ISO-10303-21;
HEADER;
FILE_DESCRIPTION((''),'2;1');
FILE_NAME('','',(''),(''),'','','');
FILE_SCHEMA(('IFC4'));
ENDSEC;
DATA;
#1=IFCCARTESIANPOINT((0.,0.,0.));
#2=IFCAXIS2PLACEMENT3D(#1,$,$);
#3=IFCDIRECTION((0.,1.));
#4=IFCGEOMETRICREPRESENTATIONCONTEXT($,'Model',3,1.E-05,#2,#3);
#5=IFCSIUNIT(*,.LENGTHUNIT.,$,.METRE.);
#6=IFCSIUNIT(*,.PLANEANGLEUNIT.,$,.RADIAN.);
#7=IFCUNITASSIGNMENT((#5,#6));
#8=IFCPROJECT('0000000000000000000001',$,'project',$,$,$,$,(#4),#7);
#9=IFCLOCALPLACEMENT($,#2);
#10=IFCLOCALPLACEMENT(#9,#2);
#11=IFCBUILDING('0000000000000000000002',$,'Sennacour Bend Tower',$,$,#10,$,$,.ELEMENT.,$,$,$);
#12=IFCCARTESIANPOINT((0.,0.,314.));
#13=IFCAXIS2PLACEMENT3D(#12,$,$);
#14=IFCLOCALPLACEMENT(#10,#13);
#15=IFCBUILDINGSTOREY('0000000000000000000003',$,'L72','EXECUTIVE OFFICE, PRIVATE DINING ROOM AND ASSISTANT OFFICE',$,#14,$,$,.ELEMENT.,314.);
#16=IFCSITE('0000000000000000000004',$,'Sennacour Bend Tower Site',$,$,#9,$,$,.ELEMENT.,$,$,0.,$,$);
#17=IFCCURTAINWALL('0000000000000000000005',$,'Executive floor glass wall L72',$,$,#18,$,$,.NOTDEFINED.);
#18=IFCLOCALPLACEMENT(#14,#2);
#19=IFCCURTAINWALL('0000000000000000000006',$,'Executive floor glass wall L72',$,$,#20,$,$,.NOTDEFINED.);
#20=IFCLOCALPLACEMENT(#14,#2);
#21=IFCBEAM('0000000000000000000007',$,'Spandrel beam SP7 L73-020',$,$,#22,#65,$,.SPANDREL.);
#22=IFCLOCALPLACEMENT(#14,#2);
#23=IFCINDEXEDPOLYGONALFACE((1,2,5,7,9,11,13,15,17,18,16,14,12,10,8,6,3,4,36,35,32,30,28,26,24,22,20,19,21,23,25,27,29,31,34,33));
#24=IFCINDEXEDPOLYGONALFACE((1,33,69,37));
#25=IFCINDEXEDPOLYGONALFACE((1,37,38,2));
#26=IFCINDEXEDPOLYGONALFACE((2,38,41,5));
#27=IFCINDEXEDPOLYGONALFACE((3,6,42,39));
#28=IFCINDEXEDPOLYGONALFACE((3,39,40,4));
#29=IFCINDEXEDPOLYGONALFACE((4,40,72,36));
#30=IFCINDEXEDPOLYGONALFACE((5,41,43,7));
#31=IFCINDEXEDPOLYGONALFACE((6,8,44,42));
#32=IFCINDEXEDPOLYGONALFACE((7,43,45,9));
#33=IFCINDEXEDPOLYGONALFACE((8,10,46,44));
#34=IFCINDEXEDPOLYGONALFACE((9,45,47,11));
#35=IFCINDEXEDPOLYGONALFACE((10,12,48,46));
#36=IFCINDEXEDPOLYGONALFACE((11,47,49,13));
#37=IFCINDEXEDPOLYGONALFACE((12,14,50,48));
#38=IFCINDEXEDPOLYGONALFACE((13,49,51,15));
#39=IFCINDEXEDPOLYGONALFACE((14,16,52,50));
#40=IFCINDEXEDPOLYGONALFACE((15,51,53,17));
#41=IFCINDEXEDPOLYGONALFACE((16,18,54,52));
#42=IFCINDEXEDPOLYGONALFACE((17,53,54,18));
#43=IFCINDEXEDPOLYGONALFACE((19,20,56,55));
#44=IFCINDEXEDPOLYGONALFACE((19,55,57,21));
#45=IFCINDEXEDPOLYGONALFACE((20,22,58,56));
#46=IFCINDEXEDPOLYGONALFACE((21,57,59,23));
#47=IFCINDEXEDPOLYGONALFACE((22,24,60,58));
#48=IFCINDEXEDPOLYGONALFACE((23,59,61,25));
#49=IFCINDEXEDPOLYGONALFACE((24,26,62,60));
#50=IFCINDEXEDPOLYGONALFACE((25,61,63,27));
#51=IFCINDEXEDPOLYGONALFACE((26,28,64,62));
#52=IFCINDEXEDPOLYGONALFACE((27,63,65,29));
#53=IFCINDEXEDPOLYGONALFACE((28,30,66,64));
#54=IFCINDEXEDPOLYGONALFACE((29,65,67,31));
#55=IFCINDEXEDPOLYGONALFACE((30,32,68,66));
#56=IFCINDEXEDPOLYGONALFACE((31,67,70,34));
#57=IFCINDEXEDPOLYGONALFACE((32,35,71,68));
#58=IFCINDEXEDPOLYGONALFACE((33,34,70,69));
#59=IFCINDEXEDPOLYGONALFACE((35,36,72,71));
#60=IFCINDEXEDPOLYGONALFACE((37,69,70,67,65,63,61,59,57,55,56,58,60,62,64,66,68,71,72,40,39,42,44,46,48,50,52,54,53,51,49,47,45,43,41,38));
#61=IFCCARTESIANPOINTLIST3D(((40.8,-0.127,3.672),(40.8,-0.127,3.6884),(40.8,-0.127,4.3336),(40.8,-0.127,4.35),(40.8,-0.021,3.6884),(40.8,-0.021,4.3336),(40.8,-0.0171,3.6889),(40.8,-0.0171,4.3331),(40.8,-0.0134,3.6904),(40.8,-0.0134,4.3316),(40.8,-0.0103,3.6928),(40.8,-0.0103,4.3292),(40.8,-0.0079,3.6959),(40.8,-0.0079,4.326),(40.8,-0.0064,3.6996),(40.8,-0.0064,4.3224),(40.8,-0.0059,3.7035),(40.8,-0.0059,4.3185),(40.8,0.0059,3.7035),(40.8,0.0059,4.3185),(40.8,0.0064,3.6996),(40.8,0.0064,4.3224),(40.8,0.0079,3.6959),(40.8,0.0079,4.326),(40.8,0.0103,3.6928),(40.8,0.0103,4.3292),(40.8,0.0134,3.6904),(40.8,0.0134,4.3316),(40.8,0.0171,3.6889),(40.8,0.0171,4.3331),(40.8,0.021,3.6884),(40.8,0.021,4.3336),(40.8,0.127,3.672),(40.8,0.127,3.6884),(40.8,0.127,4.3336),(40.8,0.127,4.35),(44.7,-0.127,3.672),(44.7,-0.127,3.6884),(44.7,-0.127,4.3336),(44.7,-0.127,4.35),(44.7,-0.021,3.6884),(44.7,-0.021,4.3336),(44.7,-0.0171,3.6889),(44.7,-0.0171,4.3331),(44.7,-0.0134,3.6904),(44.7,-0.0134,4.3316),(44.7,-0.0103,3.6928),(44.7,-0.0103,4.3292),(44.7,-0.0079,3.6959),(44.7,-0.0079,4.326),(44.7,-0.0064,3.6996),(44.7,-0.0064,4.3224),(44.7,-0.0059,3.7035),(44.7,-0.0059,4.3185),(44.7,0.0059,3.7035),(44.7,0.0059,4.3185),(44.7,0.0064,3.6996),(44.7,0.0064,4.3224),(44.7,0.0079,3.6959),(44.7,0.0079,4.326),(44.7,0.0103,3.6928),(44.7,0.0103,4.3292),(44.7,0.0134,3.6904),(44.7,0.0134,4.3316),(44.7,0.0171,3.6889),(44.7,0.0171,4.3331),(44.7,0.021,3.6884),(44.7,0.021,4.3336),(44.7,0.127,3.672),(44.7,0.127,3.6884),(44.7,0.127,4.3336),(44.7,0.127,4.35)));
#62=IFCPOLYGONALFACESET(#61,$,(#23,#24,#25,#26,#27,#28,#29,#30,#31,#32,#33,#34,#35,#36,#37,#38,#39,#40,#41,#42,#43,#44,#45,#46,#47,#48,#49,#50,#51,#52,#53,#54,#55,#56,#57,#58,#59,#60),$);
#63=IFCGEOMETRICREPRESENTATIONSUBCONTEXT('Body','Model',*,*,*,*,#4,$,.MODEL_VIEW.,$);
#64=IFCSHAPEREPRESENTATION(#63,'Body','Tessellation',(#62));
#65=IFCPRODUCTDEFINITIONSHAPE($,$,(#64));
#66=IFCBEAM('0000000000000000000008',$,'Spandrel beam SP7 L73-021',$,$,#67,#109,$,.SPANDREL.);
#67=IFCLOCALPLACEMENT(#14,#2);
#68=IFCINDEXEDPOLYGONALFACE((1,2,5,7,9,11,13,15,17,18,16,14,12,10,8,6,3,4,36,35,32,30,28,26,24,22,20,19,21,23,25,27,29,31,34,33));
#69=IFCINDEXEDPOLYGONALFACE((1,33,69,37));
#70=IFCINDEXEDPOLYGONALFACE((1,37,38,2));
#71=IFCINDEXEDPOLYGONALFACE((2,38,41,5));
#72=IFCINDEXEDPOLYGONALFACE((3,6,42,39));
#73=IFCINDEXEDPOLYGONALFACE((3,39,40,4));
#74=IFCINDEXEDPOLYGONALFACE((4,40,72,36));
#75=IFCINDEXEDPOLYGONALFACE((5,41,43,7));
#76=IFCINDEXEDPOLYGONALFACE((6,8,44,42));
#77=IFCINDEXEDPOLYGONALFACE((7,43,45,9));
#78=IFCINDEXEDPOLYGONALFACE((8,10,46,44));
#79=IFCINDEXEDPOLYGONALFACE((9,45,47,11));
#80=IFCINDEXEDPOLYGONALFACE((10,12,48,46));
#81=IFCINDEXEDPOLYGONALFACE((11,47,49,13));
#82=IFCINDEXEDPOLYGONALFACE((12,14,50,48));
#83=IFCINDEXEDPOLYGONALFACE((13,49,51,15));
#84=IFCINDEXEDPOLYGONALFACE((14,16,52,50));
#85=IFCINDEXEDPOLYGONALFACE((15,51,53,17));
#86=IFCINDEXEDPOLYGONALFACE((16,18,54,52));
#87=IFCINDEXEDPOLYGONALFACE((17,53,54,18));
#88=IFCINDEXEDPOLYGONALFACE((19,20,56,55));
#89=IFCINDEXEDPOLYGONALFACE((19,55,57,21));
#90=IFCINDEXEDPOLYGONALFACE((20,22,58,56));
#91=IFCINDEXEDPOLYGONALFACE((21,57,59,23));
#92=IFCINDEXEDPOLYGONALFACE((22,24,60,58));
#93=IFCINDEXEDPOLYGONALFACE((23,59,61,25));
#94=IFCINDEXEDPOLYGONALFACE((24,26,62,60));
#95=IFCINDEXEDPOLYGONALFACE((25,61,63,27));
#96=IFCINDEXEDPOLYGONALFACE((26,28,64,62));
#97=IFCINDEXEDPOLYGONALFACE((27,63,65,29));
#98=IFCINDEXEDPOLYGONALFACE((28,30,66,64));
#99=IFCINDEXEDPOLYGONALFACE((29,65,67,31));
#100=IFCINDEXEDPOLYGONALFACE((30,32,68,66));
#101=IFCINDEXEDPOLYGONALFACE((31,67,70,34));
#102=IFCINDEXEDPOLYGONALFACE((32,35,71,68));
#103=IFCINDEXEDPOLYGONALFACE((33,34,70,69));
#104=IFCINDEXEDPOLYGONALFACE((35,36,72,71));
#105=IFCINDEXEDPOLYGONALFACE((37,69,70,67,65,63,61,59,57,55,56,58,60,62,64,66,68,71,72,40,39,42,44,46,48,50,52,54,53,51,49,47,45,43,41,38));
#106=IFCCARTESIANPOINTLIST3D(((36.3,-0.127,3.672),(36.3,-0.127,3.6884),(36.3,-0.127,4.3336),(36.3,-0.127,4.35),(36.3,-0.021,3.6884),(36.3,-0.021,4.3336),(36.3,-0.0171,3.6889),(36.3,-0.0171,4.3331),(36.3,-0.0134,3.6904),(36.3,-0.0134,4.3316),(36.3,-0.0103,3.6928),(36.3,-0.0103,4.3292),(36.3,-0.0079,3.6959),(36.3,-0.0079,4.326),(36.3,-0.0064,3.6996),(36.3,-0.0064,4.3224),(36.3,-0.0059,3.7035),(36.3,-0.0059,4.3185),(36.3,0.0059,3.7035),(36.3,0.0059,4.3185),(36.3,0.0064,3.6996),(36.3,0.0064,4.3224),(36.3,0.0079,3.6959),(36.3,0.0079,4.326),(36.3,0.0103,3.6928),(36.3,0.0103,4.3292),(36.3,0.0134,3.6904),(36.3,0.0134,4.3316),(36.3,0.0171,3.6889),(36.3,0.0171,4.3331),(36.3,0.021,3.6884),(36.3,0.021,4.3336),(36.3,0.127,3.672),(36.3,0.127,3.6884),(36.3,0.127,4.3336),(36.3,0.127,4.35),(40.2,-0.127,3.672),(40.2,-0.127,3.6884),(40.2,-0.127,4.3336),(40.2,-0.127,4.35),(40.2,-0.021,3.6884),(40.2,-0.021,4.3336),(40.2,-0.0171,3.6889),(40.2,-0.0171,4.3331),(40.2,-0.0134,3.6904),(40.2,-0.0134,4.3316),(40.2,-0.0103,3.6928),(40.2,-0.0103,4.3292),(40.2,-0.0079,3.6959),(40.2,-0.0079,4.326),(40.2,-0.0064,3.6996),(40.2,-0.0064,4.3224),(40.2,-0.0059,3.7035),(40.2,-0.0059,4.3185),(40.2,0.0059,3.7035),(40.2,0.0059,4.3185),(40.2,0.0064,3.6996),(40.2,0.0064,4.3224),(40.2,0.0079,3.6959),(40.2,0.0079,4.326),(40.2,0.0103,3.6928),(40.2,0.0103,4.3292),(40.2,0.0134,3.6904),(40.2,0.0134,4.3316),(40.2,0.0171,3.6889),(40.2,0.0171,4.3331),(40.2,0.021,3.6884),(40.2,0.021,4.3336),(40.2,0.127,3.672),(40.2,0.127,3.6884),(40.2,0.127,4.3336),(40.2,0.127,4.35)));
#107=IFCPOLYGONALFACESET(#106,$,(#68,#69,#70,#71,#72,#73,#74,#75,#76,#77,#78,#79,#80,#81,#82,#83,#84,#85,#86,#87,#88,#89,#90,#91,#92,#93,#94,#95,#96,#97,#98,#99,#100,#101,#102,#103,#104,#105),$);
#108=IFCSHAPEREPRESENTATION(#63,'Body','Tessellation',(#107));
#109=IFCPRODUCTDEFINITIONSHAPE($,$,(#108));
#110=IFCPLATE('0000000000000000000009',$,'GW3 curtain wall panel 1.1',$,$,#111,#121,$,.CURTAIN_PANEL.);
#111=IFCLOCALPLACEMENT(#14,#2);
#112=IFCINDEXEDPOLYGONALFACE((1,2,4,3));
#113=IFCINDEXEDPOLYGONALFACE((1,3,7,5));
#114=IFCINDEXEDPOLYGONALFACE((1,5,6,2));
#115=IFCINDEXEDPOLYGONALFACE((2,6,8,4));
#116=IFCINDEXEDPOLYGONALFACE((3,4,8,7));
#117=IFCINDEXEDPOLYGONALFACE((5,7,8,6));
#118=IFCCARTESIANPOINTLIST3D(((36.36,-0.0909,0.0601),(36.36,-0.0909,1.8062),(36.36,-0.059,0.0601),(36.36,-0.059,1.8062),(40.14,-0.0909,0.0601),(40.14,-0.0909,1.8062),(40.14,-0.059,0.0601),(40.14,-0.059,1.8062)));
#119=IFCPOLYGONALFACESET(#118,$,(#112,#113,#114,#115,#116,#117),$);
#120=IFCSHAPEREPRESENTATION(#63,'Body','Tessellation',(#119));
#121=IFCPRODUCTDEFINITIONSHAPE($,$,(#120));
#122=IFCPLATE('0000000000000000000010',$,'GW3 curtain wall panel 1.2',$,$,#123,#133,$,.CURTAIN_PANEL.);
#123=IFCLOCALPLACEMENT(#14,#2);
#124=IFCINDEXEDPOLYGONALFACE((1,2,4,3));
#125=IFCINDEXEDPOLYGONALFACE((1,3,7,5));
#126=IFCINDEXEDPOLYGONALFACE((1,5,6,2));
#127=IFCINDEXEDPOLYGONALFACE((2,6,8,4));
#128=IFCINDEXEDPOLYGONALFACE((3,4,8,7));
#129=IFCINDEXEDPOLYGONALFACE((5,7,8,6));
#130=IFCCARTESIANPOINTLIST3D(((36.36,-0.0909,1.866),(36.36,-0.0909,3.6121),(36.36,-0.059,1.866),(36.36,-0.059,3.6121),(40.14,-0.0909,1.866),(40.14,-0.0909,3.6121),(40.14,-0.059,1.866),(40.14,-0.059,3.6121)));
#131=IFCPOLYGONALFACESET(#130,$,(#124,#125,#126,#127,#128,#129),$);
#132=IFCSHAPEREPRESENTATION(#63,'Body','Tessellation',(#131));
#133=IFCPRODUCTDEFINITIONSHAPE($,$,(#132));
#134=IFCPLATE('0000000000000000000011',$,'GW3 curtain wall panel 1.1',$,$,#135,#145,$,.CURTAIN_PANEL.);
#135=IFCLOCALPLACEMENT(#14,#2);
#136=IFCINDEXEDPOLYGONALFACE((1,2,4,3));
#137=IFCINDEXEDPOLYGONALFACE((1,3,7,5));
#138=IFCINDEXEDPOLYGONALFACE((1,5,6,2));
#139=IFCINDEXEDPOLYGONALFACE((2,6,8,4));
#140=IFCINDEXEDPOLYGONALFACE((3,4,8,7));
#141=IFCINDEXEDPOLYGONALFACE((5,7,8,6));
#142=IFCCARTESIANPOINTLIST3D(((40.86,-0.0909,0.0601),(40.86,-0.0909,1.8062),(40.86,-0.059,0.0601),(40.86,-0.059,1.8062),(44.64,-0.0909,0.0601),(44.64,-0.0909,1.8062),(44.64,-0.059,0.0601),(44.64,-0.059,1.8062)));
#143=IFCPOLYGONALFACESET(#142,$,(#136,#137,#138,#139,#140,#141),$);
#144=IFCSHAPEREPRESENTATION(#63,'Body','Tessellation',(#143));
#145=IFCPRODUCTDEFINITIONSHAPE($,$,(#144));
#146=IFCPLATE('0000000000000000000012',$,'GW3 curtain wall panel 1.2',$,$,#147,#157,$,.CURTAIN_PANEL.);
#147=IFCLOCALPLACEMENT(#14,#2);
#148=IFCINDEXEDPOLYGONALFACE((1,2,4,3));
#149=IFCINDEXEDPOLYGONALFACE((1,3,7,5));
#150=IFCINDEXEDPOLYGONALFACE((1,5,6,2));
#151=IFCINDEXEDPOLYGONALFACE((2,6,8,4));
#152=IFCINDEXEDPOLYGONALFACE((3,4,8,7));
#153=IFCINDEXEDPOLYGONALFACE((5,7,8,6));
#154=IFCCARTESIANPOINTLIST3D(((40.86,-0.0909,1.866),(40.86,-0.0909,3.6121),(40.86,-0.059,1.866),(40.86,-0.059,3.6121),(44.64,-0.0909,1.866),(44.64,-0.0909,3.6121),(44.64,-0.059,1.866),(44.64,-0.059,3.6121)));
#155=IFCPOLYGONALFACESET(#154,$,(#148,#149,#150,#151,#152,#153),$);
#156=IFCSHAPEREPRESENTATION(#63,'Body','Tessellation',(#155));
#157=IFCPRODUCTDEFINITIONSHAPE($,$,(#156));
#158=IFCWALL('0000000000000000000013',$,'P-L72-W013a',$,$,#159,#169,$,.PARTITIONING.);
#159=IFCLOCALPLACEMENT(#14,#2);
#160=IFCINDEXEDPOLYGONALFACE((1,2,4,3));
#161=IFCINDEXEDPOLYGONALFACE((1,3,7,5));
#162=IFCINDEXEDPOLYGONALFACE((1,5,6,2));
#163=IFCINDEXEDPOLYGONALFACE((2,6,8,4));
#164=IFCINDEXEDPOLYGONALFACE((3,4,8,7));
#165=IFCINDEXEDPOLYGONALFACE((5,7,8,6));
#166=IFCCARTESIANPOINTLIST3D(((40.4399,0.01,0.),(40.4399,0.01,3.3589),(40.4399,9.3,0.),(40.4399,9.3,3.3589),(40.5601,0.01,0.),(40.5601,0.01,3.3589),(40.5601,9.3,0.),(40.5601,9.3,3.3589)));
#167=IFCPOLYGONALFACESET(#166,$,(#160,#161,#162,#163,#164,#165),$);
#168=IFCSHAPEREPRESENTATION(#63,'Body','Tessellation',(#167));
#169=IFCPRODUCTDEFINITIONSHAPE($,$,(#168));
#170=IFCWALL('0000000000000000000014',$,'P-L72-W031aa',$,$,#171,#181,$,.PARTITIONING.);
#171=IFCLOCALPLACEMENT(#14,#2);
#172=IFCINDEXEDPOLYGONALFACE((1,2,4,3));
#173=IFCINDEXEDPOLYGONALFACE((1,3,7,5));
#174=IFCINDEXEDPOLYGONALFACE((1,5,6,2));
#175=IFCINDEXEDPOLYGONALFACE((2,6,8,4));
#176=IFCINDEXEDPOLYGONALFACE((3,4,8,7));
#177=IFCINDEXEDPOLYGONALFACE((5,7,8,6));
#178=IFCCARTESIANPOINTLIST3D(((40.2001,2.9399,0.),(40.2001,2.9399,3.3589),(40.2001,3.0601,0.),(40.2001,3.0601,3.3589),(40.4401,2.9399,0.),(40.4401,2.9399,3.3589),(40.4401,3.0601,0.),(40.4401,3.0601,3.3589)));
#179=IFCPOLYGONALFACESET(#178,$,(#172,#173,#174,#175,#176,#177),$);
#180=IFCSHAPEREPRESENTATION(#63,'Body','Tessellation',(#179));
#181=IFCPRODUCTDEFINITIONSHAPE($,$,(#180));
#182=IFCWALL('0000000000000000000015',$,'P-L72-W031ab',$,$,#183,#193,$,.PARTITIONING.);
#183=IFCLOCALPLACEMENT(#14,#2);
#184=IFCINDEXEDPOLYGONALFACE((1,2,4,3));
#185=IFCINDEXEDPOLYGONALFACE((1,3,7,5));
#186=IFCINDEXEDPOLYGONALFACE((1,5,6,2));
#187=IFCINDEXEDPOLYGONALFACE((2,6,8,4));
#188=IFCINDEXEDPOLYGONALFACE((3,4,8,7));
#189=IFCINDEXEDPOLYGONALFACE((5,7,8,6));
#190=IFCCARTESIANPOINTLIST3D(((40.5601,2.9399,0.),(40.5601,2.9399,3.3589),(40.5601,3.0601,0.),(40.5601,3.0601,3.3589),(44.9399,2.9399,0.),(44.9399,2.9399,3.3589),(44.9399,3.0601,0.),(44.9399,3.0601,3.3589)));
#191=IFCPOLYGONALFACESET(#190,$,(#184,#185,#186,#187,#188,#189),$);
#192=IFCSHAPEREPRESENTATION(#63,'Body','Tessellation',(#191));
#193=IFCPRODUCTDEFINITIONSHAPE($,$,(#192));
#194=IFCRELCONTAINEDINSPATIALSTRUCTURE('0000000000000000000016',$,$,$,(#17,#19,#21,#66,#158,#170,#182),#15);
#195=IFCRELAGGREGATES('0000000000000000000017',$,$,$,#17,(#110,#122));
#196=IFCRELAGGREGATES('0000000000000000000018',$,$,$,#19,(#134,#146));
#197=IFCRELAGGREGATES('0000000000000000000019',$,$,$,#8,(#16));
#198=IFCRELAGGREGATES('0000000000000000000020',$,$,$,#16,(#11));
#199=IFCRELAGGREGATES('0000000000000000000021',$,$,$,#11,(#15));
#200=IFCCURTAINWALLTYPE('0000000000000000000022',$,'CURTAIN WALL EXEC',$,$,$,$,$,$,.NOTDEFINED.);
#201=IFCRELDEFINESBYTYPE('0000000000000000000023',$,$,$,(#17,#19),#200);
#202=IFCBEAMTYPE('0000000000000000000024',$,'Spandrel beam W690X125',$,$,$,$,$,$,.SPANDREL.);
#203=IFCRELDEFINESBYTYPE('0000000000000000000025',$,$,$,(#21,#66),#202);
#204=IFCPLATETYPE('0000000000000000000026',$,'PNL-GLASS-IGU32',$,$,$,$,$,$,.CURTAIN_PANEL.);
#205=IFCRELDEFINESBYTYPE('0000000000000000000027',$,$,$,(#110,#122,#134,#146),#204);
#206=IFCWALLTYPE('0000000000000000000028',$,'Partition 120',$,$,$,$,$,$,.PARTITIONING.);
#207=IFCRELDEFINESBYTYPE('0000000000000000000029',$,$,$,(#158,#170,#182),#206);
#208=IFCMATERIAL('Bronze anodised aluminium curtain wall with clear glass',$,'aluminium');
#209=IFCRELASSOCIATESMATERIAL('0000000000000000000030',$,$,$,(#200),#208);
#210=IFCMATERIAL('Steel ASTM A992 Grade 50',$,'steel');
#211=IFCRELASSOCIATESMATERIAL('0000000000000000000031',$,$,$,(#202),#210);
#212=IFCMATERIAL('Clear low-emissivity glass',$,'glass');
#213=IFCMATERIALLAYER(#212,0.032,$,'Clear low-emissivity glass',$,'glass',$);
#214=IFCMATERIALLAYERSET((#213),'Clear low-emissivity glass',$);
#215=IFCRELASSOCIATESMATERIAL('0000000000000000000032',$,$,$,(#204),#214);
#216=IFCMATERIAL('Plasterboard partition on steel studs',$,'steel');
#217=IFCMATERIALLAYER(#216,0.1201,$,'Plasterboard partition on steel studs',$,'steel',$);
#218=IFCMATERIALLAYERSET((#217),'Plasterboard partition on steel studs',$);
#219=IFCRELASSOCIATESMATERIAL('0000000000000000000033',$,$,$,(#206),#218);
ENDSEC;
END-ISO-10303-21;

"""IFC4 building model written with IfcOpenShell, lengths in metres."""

from ifc_helpers import new_model, si_unit, direction, frame, frame_2d, origin, origin_2d, place, context, subcontext, project, spatial, rectangle, i_section, extrude, material, layer, layer_set, material_profile, profile_set, type_object, element, aggregate, save


model = new_model("IFC4")

# Units and contexts
model_context = context("Model", 3, precision=1e-05, world=origin(), true_north=direction((0.0, 1.0)))
body_context = subcontext(model_context, "Body", "Model", "MODEL_VIEW")
ifc_project = project(units=[si_unit("LENGTHUNIT", "METRE"), si_unit("PLANEANGLEUNIT", "RADIAN")], contexts=[model_context])

# Site, building, storey
site_placement = place(None, origin())
site = spatial("IfcSite", under=ifc_project, at=site_placement, Name="Sennacour Bend Tower Site", CompositionType="ELEMENT", RefElevation=0.0)
building_placement = place(site_placement, origin())
building = spatial("IfcBuilding", under=site, at=building_placement, Name="Sennacour Bend Tower", CompositionType="ELEMENT")
storey_placement = place(building_placement, frame((0.0, 0.0, 314.0)))
storey = spatial("IfcBuildingStorey", under=building, at=storey_placement, Name="L72", Description="EXECUTIVE OFFICE, PRIVATE DINING ROOM AND ASSISTANT OFFICE", CompositionType="ELEMENT", Elevation=314.0)

# Curtain wall
ifc_material_1 = material(Name="Bronze anodised aluminium curtain wall with clear glass", Category="aluminium")
curtain_wall_type = type_object("IfcCurtainWallType", Name="CURTAIN WALL EXEC", PredefinedType="NOTDEFINED", material=ifc_material_1)
curtain_wall_1_placement = place(storey_placement, origin())
curtain_wall_1 = element("IfcCurtainWall", 1, at=curtain_wall_1_placement, inside=storey, type_object=curtain_wall_type, Name="Executive floor glass wall L72", PredefinedType="NOTDEFINED")

# Curtain wall
curtain_wall_2_placement = place(storey_placement, origin())
curtain_wall_2 = element("IfcCurtainWall", 2, at=curtain_wall_2_placement, inside=storey, type_object=curtain_wall_type, Name="Executive floor glass wall L72", PredefinedType="NOTDEFINED")

# Beams
ifc_material_2 = material(Name="Steel ASTM A992 Grade 50", Category="steel")
ifc_material_profile_1 = material_profile(ifc_material_2, i_section(OverallWidth=0.2539, OverallDepth=0.678, WebThickness=0.0117, FlangeThickness=0.0164, FilletRadius=0.0151, at=origin_2d()), Name="Steel ASTM A992 Grade 50", Category="steel")
ifc_profile_set_1 = profile_set([ifc_material_profile_1], Name="Steel ASTM A992 Grade 50")
beam_type_1 = type_object("IfcBeamType", Name="Spandrel beam W690X125", PredefinedType="SPANDREL", material=ifc_profile_set_1)
for number, where, z_axis, x_axis, name in (
    (3, (44.7, 0.0, 4.011), (-1.0, 0.0, 0.0), (0.0, -1.0, 0.0), "Spandrel beam SP7 L73-020"),
    (4, (40.2, 0.0, 4.011), (-1.0, 0.0, 0.0), (0.0, -1.0, 0.0), "Spandrel beam SP7 L73-021"),
):
    element("IfcBeam", number, at=place(storey_placement, frame(where, z_axis=z_axis, x_axis=x_axis)), inside=storey, type_object=beam_type_1, Name=name, PredefinedType="SPANDREL", context=body_context, shape_type="SweptSolid", body=[
        extrude(i_section(OverallWidth=0.2539, OverallDepth=0.678, WebThickness=0.0117, FlangeThickness=0.0164, FilletRadius=0.0151, at=origin_2d()), origin(), (0.0, 0.0, 1.0), 3.8999),
    ])

# Plates
ifc_material_3 = material(Name="Clear low-emissivity glass", Category="glass")
ifc_layer_1 = layer(ifc_material_3, 0.032, Name="Clear low-emissivity glass", Category="glass")
ifc_layer_set_1 = layer_set([ifc_layer_1], Name="Clear low-emissivity glass")
plate_type = type_object("IfcPlateType", Name="PNL-GLASS-IGU32", PredefinedType="CURTAIN_PANEL", material=ifc_layer_set_1)
plate_1_placement = place(storey_placement, frame((38.25, -0.075, 0.0601), z_axis=(0.0, 0.0, 1.0), x_axis=(1.0, 0.0, 0.0)))
plate_1 = element("IfcPlate", 5, at=plate_1_placement, type_object=plate_type, Name="GW3 curtain wall panel 1.1", PredefinedType="CURTAIN_PANEL", context=body_context, shape_type="SweptSolid", body=[
    extrude(rectangle(XDim=3.78, YDim=0.032, at=origin_2d()), origin(), (0.0, 0.0, 1.0), 1.7461),
])
plate_2_placement = place(storey_placement, frame((38.25, -0.075, 1.866), z_axis=(0.0, 0.0, 1.0), x_axis=(1.0, 0.0, 0.0)))
plate_2 = element("IfcPlate", 6, at=plate_2_placement, type_object=plate_type, Name="GW3 curtain wall panel 1.2", PredefinedType="CURTAIN_PANEL", context=body_context, shape_type="SweptSolid", body=[
    extrude(rectangle(XDim=3.78, YDim=0.032, at=origin_2d()), origin(), (0.0, 0.0, 1.0), 1.7461),
])
aggregate(curtain_wall_1, [plate_1, plate_2])
plate_3_placement = place(storey_placement, frame((42.75, -0.075, 0.0601), z_axis=(0.0, 0.0, 1.0), x_axis=(1.0, 0.0, 0.0)))
plate_3 = element("IfcPlate", 7, at=plate_3_placement, type_object=plate_type, Name="GW3 curtain wall panel 1.1", PredefinedType="CURTAIN_PANEL", context=body_context, shape_type="SweptSolid", body=[
    extrude(rectangle(XDim=3.78, YDim=0.032, at=origin_2d()), origin(), (0.0, 0.0, 1.0), 1.7461),
])
plate_4_placement = place(storey_placement, frame((42.75, -0.075, 1.866), z_axis=(0.0, 0.0, 1.0), x_axis=(1.0, 0.0, 0.0)))
plate_4 = element("IfcPlate", 8, at=plate_4_placement, type_object=plate_type, Name="GW3 curtain wall panel 1.2", PredefinedType="CURTAIN_PANEL", context=body_context, shape_type="SweptSolid", body=[
    extrude(rectangle(XDim=3.78, YDim=0.032, at=origin_2d()), origin(), (0.0, 0.0, 1.0), 1.7461),
])
aggregate(curtain_wall_2, [plate_3, plate_4])

# Walls
ifc_material_4 = material(Name="Plasterboard partition on steel studs", Category="steel")
ifc_layer_2 = layer(ifc_material_4, 0.1201, Name="Plasterboard partition on steel studs", Category="steel")
ifc_layer_set_2 = layer_set([ifc_layer_2], Name="Plasterboard partition on steel studs")
wall_type_1 = type_object("IfcWallType", Name="Partition 120", PredefinedType="PARTITIONING", material=ifc_layer_set_2)
wall_1_placement = place(storey_placement, frame((40.5, 0.01, 0.0), z_axis=(0.0, 0.0, 1.0), x_axis=(0.0, 1.0, 0.0)))
element("IfcWall", 9, at=wall_1_placement, inside=storey, type_object=wall_type_1, Name="P-L72-W013a", PredefinedType="PARTITIONING", context=body_context, shape_type="SweptSolid", body=[
    extrude(rectangle(XDim=9.29, YDim=0.1201, at=frame_2d((4.645, 0.0))), origin(), (0.0, 0.0, 1.0), 3.3589),
])
wall_2_placement = place(storey_placement, frame((40.2, 3.0, 0.0), z_axis=(0.0, 0.0, 1.0), x_axis=(1.0, 0.0, 0.0)))
element("IfcWall", 10, at=wall_2_placement, inside=storey, type_object=wall_type_1, Name="P-L72-W031aa", PredefinedType="PARTITIONING", context=body_context, shape_type="SweptSolid", body=[
    extrude(rectangle(XDim=0.24, YDim=0.1201, at=frame_2d((0.1201, 0.0))), origin(), (0.0, 0.0, 1.0), 3.3589),
])
wall_3_placement = place(storey_placement, frame((40.5601, 3.0, 0.0), z_axis=(0.0, 0.0, 1.0), x_axis=(1.0, 0.0, 0.0)))
element("IfcWall", 11, at=wall_3_placement, inside=storey, type_object=wall_type_1, Name="P-L72-W031ab", PredefinedType="PARTITIONING", context=body_context, shape_type="SweptSolid", body=[
    extrude(rectangle(XDim=4.3799, YDim=0.1201, at=frame_2d((2.1899, 0.0))), origin(), (0.0, 0.0, 1.0), 3.3589),
])

save(model, "model.ifc")
